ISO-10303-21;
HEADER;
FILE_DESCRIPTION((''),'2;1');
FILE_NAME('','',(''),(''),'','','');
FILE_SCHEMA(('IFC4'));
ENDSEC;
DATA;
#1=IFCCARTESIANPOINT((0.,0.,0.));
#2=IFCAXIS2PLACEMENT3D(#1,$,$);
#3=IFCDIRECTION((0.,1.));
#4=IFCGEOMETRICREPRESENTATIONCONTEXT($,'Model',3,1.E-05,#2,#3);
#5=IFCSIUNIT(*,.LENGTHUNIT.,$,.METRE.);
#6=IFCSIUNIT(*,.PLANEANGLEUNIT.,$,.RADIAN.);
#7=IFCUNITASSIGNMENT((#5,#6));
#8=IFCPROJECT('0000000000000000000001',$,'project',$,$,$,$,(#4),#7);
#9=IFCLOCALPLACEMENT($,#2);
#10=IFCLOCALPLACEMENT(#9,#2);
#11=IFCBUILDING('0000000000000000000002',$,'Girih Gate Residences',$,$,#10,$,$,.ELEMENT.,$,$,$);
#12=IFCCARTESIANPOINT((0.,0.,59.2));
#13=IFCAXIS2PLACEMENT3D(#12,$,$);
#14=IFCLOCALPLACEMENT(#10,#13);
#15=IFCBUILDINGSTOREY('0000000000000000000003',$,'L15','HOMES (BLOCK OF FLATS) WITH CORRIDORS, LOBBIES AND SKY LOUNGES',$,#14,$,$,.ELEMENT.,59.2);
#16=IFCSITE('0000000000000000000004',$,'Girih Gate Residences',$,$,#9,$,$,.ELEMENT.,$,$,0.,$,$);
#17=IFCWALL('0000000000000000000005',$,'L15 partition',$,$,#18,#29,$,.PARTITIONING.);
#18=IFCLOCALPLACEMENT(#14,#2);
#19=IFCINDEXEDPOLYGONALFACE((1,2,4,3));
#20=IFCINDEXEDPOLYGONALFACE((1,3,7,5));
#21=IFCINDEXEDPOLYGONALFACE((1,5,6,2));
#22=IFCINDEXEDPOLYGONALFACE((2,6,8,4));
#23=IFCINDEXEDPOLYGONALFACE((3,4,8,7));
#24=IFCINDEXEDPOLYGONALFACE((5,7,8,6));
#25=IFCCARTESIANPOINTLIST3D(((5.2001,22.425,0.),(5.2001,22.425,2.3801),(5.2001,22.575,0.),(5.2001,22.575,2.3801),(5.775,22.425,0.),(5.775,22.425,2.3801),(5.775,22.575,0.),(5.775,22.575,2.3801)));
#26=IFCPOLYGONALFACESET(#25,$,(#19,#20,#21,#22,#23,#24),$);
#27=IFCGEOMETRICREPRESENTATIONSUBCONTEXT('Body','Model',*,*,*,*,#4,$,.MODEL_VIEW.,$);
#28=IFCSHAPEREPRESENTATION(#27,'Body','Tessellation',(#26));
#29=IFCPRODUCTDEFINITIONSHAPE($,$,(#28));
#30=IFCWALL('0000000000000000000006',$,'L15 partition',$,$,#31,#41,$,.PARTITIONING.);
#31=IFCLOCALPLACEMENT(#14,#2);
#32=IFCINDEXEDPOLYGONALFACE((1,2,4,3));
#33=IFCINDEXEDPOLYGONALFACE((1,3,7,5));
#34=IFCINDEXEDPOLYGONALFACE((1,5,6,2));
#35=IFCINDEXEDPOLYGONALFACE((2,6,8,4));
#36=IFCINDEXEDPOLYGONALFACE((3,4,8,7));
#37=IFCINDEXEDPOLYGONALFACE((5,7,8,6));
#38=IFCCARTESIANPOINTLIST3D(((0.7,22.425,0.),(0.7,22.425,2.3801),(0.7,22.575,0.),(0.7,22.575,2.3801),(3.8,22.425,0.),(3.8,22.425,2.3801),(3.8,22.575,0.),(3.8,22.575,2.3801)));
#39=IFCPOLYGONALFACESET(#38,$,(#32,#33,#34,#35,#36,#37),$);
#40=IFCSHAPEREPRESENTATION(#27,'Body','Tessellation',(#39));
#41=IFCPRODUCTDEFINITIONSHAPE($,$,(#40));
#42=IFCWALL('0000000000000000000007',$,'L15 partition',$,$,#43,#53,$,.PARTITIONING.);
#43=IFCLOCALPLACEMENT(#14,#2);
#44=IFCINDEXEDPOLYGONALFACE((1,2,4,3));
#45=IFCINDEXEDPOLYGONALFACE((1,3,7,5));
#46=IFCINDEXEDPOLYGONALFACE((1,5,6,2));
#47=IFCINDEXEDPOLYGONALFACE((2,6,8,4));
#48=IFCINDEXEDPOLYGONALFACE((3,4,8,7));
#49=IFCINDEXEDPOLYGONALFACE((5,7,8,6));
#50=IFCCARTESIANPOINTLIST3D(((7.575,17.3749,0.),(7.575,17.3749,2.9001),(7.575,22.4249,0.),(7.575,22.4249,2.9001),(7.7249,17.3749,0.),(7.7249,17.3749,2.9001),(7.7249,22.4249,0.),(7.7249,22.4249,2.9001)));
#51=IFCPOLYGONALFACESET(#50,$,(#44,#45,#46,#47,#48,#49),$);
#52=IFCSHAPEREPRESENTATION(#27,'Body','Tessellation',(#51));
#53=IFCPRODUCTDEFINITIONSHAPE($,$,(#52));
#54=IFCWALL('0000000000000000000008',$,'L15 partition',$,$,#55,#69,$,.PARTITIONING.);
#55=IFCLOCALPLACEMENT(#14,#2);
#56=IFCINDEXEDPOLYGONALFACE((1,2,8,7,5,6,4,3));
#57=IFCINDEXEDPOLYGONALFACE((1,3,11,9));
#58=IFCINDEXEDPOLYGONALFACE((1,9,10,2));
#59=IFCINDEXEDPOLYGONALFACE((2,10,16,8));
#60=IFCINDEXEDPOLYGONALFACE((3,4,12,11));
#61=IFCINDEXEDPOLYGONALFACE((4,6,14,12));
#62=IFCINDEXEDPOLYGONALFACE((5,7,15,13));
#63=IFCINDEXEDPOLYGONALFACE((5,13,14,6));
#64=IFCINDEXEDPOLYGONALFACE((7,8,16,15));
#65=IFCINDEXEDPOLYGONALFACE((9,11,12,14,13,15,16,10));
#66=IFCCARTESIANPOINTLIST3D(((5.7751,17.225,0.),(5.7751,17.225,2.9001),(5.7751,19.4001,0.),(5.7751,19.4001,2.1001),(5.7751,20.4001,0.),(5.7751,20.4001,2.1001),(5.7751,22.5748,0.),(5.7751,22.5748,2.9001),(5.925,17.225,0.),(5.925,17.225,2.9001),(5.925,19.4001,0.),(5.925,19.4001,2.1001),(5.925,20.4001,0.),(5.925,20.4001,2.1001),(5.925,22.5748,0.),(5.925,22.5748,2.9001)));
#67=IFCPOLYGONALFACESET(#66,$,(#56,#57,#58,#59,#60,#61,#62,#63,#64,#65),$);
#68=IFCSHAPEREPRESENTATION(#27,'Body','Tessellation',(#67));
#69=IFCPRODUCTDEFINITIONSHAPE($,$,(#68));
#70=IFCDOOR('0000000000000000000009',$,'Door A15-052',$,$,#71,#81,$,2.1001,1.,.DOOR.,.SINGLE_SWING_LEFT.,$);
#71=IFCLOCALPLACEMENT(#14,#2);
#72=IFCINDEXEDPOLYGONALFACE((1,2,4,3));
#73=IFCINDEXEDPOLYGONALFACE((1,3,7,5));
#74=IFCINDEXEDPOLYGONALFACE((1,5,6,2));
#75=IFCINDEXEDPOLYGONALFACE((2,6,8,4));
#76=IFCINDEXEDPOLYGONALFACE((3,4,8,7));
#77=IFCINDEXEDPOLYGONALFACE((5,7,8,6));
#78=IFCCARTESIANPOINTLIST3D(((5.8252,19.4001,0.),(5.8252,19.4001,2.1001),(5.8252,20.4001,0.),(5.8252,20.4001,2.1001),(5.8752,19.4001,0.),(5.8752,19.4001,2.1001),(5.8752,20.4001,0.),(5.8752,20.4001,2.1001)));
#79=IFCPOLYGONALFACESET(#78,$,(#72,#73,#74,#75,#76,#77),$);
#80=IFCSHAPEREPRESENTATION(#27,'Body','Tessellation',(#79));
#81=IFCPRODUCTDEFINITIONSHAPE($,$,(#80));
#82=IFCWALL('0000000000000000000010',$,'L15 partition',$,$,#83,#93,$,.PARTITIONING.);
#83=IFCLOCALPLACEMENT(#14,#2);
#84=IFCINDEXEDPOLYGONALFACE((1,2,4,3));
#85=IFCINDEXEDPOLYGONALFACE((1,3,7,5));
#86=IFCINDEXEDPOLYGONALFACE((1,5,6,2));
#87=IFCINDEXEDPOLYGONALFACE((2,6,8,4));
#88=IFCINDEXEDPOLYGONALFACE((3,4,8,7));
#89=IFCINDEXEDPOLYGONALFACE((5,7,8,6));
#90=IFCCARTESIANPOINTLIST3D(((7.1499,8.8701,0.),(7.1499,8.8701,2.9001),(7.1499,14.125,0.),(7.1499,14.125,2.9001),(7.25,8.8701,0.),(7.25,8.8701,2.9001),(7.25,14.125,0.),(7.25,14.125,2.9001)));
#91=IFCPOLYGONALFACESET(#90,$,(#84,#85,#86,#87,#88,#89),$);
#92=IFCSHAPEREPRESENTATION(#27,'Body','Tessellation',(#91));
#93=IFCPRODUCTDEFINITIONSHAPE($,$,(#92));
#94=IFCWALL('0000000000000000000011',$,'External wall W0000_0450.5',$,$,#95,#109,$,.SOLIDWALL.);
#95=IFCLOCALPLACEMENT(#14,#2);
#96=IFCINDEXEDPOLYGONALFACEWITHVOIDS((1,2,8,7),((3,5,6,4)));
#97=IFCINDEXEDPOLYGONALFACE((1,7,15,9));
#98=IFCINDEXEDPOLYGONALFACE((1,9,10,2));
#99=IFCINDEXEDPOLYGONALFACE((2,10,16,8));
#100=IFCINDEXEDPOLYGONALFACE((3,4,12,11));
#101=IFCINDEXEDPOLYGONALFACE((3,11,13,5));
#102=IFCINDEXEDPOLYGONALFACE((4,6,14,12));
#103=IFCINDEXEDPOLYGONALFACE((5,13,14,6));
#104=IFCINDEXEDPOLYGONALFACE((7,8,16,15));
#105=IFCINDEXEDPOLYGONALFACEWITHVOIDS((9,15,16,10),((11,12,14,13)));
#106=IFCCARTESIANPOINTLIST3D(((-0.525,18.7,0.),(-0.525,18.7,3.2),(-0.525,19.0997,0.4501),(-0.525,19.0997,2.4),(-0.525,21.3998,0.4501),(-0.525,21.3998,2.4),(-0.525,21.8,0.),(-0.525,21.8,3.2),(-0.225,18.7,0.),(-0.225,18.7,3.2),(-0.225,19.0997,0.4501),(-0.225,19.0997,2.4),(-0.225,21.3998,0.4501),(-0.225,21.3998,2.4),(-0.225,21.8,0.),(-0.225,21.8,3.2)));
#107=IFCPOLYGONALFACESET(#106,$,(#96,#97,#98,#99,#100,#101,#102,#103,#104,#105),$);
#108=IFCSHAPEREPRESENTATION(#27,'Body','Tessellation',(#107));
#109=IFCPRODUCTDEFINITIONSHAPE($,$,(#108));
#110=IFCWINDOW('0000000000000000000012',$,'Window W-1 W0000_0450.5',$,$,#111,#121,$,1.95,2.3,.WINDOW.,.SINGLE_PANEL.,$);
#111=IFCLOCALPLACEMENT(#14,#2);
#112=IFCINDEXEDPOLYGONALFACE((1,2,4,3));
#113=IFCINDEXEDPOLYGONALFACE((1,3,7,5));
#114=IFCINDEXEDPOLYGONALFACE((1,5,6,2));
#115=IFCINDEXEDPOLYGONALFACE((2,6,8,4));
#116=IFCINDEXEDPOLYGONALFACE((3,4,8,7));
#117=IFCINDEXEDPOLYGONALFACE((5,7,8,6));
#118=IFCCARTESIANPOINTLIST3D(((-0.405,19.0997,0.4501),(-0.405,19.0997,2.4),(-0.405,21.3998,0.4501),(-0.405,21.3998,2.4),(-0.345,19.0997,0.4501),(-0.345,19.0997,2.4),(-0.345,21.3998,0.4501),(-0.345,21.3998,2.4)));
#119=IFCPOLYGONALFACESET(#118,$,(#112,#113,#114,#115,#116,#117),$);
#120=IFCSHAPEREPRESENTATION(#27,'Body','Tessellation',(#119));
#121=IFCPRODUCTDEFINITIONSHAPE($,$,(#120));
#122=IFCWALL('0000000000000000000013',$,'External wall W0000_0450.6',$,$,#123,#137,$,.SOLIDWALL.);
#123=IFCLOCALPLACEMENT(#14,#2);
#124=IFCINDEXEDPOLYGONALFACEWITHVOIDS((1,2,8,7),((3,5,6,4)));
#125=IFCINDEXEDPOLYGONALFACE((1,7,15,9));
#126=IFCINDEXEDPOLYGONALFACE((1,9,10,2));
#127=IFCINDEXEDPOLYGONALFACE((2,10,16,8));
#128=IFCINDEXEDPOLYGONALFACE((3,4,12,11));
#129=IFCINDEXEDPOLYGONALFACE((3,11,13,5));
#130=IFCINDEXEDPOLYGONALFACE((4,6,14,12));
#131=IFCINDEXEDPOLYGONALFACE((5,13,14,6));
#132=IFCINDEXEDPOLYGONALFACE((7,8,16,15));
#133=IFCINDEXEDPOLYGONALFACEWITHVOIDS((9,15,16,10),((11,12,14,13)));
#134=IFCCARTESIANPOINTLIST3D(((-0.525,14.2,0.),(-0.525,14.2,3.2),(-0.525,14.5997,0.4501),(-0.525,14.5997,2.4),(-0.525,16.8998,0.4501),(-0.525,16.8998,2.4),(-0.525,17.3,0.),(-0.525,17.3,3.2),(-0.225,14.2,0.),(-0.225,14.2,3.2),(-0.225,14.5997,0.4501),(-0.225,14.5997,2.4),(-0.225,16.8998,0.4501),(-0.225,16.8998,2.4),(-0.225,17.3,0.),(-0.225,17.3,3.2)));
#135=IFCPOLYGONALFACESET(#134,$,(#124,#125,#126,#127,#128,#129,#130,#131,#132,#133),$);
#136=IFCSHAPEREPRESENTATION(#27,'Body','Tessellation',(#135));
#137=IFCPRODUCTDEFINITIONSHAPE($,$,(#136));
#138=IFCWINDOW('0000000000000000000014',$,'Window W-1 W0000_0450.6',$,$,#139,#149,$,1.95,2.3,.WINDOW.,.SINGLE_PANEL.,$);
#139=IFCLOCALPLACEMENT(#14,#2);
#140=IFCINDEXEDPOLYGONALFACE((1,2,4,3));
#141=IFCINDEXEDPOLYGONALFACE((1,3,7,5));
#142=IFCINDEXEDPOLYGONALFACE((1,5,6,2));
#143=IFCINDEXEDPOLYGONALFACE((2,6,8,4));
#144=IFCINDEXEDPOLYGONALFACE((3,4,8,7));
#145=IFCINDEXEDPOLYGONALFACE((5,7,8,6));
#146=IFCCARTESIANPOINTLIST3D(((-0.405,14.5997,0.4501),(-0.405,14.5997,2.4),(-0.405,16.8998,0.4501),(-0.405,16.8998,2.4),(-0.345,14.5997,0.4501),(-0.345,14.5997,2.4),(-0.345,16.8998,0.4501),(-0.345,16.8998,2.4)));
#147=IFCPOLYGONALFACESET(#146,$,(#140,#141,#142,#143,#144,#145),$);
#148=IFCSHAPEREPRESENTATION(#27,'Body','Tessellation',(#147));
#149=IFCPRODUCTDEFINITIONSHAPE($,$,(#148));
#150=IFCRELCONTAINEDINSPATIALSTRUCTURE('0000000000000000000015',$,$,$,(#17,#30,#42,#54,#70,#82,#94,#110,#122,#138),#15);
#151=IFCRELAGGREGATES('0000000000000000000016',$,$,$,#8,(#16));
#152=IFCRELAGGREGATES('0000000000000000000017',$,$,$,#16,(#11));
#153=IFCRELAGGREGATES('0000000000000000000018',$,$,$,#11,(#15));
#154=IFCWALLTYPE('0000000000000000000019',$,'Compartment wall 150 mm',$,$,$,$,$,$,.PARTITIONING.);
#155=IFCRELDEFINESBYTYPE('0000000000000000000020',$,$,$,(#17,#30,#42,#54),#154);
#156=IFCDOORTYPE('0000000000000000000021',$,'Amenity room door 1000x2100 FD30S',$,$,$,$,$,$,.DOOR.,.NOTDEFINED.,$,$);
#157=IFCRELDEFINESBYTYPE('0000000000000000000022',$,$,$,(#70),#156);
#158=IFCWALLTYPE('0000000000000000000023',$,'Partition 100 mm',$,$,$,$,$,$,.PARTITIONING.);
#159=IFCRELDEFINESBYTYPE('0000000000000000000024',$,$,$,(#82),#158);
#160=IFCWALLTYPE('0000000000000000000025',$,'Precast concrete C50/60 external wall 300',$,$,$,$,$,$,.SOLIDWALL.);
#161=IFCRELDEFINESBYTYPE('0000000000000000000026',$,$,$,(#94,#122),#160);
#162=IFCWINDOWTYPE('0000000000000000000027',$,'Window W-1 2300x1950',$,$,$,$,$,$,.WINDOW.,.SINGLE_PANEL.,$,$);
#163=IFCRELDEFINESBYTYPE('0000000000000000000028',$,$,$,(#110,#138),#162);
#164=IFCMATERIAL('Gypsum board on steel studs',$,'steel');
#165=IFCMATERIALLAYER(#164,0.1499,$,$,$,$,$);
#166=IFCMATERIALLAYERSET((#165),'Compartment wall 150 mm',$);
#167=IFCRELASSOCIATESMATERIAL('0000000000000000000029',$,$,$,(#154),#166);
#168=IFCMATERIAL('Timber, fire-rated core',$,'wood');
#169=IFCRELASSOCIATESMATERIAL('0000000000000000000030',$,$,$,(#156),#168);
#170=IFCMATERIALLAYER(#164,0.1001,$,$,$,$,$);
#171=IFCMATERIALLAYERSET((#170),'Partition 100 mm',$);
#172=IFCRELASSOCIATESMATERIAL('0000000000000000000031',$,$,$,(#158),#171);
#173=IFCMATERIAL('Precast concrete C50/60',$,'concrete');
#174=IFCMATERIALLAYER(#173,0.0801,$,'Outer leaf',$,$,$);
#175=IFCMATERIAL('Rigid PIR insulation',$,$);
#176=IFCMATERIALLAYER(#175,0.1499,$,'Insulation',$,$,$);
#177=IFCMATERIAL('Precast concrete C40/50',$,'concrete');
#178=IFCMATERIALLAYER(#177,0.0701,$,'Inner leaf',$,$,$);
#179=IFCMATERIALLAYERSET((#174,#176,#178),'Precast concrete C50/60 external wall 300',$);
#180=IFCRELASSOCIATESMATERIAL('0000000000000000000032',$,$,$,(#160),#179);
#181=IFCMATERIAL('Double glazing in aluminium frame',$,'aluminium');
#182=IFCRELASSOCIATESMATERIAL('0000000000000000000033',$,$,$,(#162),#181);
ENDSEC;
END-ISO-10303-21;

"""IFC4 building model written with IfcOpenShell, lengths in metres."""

from ifc_helpers import new_model, si_unit, direction, frame, frame_2d, origin, place, context, subcontext, project, spatial, rectangle, extrude, material, layer, layer_set, type_object, element, fill, save


model = new_model("IFC4")

# Units and contexts
model_context = context("Model", 3, precision=1e-05, world=origin(), true_north=direction((0.0, 1.0)))
body_context = subcontext(model_context, "Body", "Model", "MODEL_VIEW")
ifc_project = project(units=[si_unit("LENGTHUNIT", "METRE"), si_unit("PLANEANGLEUNIT", "RADIAN")], contexts=[model_context])

# Site, building, storey
site_placement = place(None, origin())
site = spatial("IfcSite", under=ifc_project, at=site_placement, Name="Girih Gate Residences", CompositionType="ELEMENT", RefElevation=0.0)
building_placement = place(site_placement, origin())
building = spatial("IfcBuilding", under=site, at=building_placement, Name="Girih Gate Residences", CompositionType="ELEMENT")
storey_placement = place(building_placement, frame((0.0, 0.0, 59.2)))
storey = spatial("IfcBuildingStorey", under=building, at=storey_placement, Name="L15", Description="HOMES (BLOCK OF FLATS) WITH CORRIDORS, LOBBIES AND SKY LOUNGES", CompositionType="ELEMENT", Elevation=59.2)

# Shared definitions
ifc_material_1 = material(Name="Gypsum board on steel studs", Category="steel")
ifc_layer_1 = layer(ifc_material_1, 0.1499)
ifc_layer_set_1 = layer_set([ifc_layer_1], Name="Compartment wall 150 mm")
wall_type_1 = type_object("IfcWallType", Name="Compartment wall 150 mm", PredefinedType="PARTITIONING", material=ifc_layer_set_1)

# Walls
wall_1_placement = place(storey_placement, frame((5.2, 22.5, 0.0), z_axis=(0.0, 0.0, 1.0), x_axis=(1.0, 0.0, 0.0)))
element("IfcWall", 1, at=wall_1_placement, inside=storey, type_object=wall_type_1, Name="L15 partition", PredefinedType="PARTITIONING", context=body_context, shape_type="SweptSolid", body=[
    extrude(rectangle(XDim=0.575, YDim=0.1499, at=frame_2d((0.2876, 0.0))), origin(), (0.0, 0.0, 1.0), 2.3801),
])
wall_2_placement = place(storey_placement, frame((0.7, 22.5, 0.0), z_axis=(0.0, 0.0, 1.0), x_axis=(1.0, 0.0, 0.0)))
element("IfcWall", 2, at=wall_2_placement, inside=storey, type_object=wall_type_1, Name="L15 partition", PredefinedType="PARTITIONING", context=body_context, shape_type="SweptSolid", body=[
    extrude(rectangle(XDim=3.1001, YDim=0.1499, at=frame_2d((1.55, 0.0))), origin(), (0.0, 0.0, 1.0), 2.3801),
])
wall_3_placement = place(storey_placement, frame((7.6499, 17.375, 0.0), z_axis=(0.0, 0.0, 1.0), x_axis=(0.0, 1.0, 0.0)))
element("IfcWall", 3, at=wall_3_placement, inside=storey, type_object=wall_type_1, Name="L15 partition", PredefinedType="PARTITIONING", context=body_context, shape_type="SweptSolid", body=[
    extrude(rectangle(XDim=5.05, YDim=0.1499, at=frame_2d((2.5249, 0.0))), origin(), (0.0, 0.0, 1.0), 2.9001),
])

# Wall, opening, door
wall_4_placement = place(storey_placement, frame((5.8501, 17.2251, 0.0), z_axis=(0.0, 0.0, 1.0), x_axis=(0.0, 1.0, 0.0)))
wall_4 = element("IfcWall", 4, at=wall_4_placement, inside=storey, type_object=wall_type_1, Name="L15 partition", PredefinedType="PARTITIONING", context=body_context, shape_type="SweptSolid", body=[
    extrude(rectangle(XDim=5.3499, YDim=0.1499, at=frame_2d((2.6748, 0.0))), origin(), (0.0, 0.0, 1.0), 2.9001),
])
opening_1_placement = place(wall_4_placement, frame((2.175, 0.0, 0.0)))
opening_1 = element("IfcOpeningElement", 5, at=opening_1_placement, cuts=wall_4, PredefinedType="OPENING", context=body_context, shape_type="SweptSolid", body=[
    extrude(rectangle(XDim=1.0, YDim=2.1001, at=frame_2d((0.5, 1.05))), frame((0.0, 0.085, 0.0), z_axis=(0.0, -1.0, 0.0), x_axis=(1.0, 0.0, 0.0)), (0.0, 0.0, 1.0), 0.1699),
])
ifc_material_2 = material(Name="Timber, fire-rated core", Category="wood")
door_type_1 = type_object("IfcDoorType", Name="Amenity room door 1000x2100 FD30S", OperationType="NOTDEFINED", PredefinedType="DOOR", material=ifc_material_2)
door_1_placement = place(opening_1_placement, origin())
door_1 = element("IfcDoor", 6, at=door_1_placement, inside=storey, type_object=door_type_1, Name="Door A15-052", OperationType="SINGLE_SWING_LEFT", OverallHeight=2.1001, OverallWidth=1.0, PredefinedType="DOOR", context=body_context, shape_type="SweptSolid", body=[
    extrude(rectangle(XDim=1.0, YDim=2.1001, at=frame_2d((0.5, 1.05))), frame((0.0, 0.0249, 0.0), z_axis=(0.0, -1.0, 0.0), x_axis=(1.0, 0.0, 0.0)), (0.0, 0.0, 1.0), 0.05),
])
fill(opening_1, door_1)

# Wall
ifc_layer_2 = layer(ifc_material_1, 0.1001)
ifc_layer_set_2 = layer_set([ifc_layer_2], Name="Partition 100 mm")
wall_type_2 = type_object("IfcWallType", Name="Partition 100 mm", PredefinedType="PARTITIONING", material=ifc_layer_set_2)
wall_5_placement = place(storey_placement, frame((7.2, 8.8701, 0.0), z_axis=(0.0, 0.0, 1.0), x_axis=(0.0, 1.0, 0.0)))
element("IfcWall", 7, at=wall_5_placement, inside=storey, type_object=wall_type_2, Name="L15 partition", PredefinedType="PARTITIONING", context=body_context, shape_type="SweptSolid", body=[
    extrude(rectangle(XDim=5.2549, YDim=0.1001, at=frame_2d((2.6274, 0.0))), origin(), (0.0, 0.0, 1.0), 2.9001),
])

# Walls, openings, windows
ifc_material_3 = material(Name="Precast concrete C50/60", Category="concrete")
ifc_layer_3 = layer(ifc_material_3, 0.0801, Name="Outer leaf")
ifc_material_4 = material(Name="Rigid PIR insulation")
ifc_layer_4 = layer(ifc_material_4, 0.1499, Name="Insulation")
ifc_material_5 = material(Name="Precast concrete C40/50", Category="concrete")
ifc_layer_5 = layer(ifc_material_5, 0.0701, Name="Inner leaf")
ifc_layer_set_3 = layer_set([ifc_layer_3, ifc_layer_4, ifc_layer_5], Name="Precast concrete C50/60 external wall 300")
wall_type_3 = type_object("IfcWallType", Name="Precast concrete C50/60 external wall 300", PredefinedType="SOLIDWALL", material=ifc_layer_set_3)
wall_6_placement = place(storey_placement, frame((-0.375, 18.7, 0.0), z_axis=(0.0, 0.0, 1.0), x_axis=(0.0, 1.0, 0.0)))
wall_6 = element("IfcWall", 8, at=wall_6_placement, inside=storey, type_object=wall_type_3, Name="External wall W0000_0450.5", PredefinedType="SOLIDWALL", context=body_context, shape_type="SweptSolid", body=[
    extrude(rectangle(XDim=3.1001, YDim=0.3, at=frame_2d((1.55, 0.0))), origin(), (0.0, 0.0, 1.0), 3.2),
])
opening_2_placement = place(wall_6_placement, frame((0.3999, 0.0, 0.45)))
opening_2 = element("IfcOpeningElement", 9, at=opening_2_placement, cuts=wall_6, PredefinedType="OPENING", context=body_context, shape_type="SweptSolid", body=[
    extrude(rectangle(XDim=2.3, YDim=1.95, at=frame_2d((1.1499, 0.9751))), frame((0.0, 0.1599, 0.0), z_axis=(0.0, -1.0, 0.0), x_axis=(1.0, 0.0, 0.0)), (0.0, 0.0, 1.0), 0.3201),
])
ifc_material_6 = material(Name="Double glazing in aluminium frame", Category="aluminium")
window_type = type_object("IfcWindowType", Name="Window W-1 2300x1950", PartitioningType="SINGLE_PANEL", PredefinedType="WINDOW", material=ifc_material_6)
window_1_placement = place(opening_2_placement, origin())
window_1 = element("IfcWindow", 10, at=window_1_placement, inside=storey, type_object=window_type, Name="Window W-1 W0000_0450.5", OverallHeight=1.95, OverallWidth=2.3, PartitioningType="SINGLE_PANEL", PredefinedType="WINDOW", context=body_context, shape_type="SweptSolid", body=[
    extrude(rectangle(XDim=2.3, YDim=1.95, at=frame_2d((1.1499, 0.9751))), frame((0.0, 0.03, 0.0), z_axis=(0.0, -1.0, 0.0), x_axis=(1.0, 0.0, 0.0)), (0.0, 0.0, 1.0), 0.0601),
])
fill(opening_2, window_1)
wall_7_placement = place(storey_placement, frame((-0.375, 14.2, 0.0), z_axis=(0.0, 0.0, 1.0), x_axis=(0.0, 1.0, 0.0)))
wall_7 = element("IfcWall", 11, at=wall_7_placement, inside=storey, type_object=wall_type_3, Name="External wall W0000_0450.6", PredefinedType="SOLIDWALL", context=body_context, shape_type="SweptSolid", body=[
    extrude(rectangle(XDim=3.1001, YDim=0.3, at=frame_2d((1.55, 0.0))), origin(), (0.0, 0.0, 1.0), 3.2),
])
opening_3_placement = place(wall_7_placement, frame((0.3999, 0.0, 0.45)))
opening_3 = element("IfcOpeningElement", 12, at=opening_3_placement, cuts=wall_7, PredefinedType="OPENING", context=body_context, shape_type="SweptSolid", body=[
    extrude(rectangle(XDim=2.3, YDim=1.95, at=frame_2d((1.1499, 0.9751))), frame((0.0, 0.1599, 0.0), z_axis=(0.0, -1.0, 0.0), x_axis=(1.0, 0.0, 0.0)), (0.0, 0.0, 1.0), 0.3201),
])
window_2_placement = place(opening_3_placement, origin())
window_2 = element("IfcWindow", 13, at=window_2_placement, inside=storey, type_object=window_type, Name="Window W-1 W0000_0450.6", OverallHeight=1.95, OverallWidth=2.3, PartitioningType="SINGLE_PANEL", PredefinedType="WINDOW", context=body_context, shape_type="SweptSolid", body=[
    extrude(rectangle(XDim=2.3, YDim=1.95, at=frame_2d((1.1499, 0.9751))), frame((0.0, 0.03, 0.0), z_axis=(0.0, -1.0, 0.0), x_axis=(1.0, 0.0, 0.0)), (0.0, 0.0, 1.0), 0.0601),
])
fill(opening_3, window_2)

save(model, "model.ifc")
